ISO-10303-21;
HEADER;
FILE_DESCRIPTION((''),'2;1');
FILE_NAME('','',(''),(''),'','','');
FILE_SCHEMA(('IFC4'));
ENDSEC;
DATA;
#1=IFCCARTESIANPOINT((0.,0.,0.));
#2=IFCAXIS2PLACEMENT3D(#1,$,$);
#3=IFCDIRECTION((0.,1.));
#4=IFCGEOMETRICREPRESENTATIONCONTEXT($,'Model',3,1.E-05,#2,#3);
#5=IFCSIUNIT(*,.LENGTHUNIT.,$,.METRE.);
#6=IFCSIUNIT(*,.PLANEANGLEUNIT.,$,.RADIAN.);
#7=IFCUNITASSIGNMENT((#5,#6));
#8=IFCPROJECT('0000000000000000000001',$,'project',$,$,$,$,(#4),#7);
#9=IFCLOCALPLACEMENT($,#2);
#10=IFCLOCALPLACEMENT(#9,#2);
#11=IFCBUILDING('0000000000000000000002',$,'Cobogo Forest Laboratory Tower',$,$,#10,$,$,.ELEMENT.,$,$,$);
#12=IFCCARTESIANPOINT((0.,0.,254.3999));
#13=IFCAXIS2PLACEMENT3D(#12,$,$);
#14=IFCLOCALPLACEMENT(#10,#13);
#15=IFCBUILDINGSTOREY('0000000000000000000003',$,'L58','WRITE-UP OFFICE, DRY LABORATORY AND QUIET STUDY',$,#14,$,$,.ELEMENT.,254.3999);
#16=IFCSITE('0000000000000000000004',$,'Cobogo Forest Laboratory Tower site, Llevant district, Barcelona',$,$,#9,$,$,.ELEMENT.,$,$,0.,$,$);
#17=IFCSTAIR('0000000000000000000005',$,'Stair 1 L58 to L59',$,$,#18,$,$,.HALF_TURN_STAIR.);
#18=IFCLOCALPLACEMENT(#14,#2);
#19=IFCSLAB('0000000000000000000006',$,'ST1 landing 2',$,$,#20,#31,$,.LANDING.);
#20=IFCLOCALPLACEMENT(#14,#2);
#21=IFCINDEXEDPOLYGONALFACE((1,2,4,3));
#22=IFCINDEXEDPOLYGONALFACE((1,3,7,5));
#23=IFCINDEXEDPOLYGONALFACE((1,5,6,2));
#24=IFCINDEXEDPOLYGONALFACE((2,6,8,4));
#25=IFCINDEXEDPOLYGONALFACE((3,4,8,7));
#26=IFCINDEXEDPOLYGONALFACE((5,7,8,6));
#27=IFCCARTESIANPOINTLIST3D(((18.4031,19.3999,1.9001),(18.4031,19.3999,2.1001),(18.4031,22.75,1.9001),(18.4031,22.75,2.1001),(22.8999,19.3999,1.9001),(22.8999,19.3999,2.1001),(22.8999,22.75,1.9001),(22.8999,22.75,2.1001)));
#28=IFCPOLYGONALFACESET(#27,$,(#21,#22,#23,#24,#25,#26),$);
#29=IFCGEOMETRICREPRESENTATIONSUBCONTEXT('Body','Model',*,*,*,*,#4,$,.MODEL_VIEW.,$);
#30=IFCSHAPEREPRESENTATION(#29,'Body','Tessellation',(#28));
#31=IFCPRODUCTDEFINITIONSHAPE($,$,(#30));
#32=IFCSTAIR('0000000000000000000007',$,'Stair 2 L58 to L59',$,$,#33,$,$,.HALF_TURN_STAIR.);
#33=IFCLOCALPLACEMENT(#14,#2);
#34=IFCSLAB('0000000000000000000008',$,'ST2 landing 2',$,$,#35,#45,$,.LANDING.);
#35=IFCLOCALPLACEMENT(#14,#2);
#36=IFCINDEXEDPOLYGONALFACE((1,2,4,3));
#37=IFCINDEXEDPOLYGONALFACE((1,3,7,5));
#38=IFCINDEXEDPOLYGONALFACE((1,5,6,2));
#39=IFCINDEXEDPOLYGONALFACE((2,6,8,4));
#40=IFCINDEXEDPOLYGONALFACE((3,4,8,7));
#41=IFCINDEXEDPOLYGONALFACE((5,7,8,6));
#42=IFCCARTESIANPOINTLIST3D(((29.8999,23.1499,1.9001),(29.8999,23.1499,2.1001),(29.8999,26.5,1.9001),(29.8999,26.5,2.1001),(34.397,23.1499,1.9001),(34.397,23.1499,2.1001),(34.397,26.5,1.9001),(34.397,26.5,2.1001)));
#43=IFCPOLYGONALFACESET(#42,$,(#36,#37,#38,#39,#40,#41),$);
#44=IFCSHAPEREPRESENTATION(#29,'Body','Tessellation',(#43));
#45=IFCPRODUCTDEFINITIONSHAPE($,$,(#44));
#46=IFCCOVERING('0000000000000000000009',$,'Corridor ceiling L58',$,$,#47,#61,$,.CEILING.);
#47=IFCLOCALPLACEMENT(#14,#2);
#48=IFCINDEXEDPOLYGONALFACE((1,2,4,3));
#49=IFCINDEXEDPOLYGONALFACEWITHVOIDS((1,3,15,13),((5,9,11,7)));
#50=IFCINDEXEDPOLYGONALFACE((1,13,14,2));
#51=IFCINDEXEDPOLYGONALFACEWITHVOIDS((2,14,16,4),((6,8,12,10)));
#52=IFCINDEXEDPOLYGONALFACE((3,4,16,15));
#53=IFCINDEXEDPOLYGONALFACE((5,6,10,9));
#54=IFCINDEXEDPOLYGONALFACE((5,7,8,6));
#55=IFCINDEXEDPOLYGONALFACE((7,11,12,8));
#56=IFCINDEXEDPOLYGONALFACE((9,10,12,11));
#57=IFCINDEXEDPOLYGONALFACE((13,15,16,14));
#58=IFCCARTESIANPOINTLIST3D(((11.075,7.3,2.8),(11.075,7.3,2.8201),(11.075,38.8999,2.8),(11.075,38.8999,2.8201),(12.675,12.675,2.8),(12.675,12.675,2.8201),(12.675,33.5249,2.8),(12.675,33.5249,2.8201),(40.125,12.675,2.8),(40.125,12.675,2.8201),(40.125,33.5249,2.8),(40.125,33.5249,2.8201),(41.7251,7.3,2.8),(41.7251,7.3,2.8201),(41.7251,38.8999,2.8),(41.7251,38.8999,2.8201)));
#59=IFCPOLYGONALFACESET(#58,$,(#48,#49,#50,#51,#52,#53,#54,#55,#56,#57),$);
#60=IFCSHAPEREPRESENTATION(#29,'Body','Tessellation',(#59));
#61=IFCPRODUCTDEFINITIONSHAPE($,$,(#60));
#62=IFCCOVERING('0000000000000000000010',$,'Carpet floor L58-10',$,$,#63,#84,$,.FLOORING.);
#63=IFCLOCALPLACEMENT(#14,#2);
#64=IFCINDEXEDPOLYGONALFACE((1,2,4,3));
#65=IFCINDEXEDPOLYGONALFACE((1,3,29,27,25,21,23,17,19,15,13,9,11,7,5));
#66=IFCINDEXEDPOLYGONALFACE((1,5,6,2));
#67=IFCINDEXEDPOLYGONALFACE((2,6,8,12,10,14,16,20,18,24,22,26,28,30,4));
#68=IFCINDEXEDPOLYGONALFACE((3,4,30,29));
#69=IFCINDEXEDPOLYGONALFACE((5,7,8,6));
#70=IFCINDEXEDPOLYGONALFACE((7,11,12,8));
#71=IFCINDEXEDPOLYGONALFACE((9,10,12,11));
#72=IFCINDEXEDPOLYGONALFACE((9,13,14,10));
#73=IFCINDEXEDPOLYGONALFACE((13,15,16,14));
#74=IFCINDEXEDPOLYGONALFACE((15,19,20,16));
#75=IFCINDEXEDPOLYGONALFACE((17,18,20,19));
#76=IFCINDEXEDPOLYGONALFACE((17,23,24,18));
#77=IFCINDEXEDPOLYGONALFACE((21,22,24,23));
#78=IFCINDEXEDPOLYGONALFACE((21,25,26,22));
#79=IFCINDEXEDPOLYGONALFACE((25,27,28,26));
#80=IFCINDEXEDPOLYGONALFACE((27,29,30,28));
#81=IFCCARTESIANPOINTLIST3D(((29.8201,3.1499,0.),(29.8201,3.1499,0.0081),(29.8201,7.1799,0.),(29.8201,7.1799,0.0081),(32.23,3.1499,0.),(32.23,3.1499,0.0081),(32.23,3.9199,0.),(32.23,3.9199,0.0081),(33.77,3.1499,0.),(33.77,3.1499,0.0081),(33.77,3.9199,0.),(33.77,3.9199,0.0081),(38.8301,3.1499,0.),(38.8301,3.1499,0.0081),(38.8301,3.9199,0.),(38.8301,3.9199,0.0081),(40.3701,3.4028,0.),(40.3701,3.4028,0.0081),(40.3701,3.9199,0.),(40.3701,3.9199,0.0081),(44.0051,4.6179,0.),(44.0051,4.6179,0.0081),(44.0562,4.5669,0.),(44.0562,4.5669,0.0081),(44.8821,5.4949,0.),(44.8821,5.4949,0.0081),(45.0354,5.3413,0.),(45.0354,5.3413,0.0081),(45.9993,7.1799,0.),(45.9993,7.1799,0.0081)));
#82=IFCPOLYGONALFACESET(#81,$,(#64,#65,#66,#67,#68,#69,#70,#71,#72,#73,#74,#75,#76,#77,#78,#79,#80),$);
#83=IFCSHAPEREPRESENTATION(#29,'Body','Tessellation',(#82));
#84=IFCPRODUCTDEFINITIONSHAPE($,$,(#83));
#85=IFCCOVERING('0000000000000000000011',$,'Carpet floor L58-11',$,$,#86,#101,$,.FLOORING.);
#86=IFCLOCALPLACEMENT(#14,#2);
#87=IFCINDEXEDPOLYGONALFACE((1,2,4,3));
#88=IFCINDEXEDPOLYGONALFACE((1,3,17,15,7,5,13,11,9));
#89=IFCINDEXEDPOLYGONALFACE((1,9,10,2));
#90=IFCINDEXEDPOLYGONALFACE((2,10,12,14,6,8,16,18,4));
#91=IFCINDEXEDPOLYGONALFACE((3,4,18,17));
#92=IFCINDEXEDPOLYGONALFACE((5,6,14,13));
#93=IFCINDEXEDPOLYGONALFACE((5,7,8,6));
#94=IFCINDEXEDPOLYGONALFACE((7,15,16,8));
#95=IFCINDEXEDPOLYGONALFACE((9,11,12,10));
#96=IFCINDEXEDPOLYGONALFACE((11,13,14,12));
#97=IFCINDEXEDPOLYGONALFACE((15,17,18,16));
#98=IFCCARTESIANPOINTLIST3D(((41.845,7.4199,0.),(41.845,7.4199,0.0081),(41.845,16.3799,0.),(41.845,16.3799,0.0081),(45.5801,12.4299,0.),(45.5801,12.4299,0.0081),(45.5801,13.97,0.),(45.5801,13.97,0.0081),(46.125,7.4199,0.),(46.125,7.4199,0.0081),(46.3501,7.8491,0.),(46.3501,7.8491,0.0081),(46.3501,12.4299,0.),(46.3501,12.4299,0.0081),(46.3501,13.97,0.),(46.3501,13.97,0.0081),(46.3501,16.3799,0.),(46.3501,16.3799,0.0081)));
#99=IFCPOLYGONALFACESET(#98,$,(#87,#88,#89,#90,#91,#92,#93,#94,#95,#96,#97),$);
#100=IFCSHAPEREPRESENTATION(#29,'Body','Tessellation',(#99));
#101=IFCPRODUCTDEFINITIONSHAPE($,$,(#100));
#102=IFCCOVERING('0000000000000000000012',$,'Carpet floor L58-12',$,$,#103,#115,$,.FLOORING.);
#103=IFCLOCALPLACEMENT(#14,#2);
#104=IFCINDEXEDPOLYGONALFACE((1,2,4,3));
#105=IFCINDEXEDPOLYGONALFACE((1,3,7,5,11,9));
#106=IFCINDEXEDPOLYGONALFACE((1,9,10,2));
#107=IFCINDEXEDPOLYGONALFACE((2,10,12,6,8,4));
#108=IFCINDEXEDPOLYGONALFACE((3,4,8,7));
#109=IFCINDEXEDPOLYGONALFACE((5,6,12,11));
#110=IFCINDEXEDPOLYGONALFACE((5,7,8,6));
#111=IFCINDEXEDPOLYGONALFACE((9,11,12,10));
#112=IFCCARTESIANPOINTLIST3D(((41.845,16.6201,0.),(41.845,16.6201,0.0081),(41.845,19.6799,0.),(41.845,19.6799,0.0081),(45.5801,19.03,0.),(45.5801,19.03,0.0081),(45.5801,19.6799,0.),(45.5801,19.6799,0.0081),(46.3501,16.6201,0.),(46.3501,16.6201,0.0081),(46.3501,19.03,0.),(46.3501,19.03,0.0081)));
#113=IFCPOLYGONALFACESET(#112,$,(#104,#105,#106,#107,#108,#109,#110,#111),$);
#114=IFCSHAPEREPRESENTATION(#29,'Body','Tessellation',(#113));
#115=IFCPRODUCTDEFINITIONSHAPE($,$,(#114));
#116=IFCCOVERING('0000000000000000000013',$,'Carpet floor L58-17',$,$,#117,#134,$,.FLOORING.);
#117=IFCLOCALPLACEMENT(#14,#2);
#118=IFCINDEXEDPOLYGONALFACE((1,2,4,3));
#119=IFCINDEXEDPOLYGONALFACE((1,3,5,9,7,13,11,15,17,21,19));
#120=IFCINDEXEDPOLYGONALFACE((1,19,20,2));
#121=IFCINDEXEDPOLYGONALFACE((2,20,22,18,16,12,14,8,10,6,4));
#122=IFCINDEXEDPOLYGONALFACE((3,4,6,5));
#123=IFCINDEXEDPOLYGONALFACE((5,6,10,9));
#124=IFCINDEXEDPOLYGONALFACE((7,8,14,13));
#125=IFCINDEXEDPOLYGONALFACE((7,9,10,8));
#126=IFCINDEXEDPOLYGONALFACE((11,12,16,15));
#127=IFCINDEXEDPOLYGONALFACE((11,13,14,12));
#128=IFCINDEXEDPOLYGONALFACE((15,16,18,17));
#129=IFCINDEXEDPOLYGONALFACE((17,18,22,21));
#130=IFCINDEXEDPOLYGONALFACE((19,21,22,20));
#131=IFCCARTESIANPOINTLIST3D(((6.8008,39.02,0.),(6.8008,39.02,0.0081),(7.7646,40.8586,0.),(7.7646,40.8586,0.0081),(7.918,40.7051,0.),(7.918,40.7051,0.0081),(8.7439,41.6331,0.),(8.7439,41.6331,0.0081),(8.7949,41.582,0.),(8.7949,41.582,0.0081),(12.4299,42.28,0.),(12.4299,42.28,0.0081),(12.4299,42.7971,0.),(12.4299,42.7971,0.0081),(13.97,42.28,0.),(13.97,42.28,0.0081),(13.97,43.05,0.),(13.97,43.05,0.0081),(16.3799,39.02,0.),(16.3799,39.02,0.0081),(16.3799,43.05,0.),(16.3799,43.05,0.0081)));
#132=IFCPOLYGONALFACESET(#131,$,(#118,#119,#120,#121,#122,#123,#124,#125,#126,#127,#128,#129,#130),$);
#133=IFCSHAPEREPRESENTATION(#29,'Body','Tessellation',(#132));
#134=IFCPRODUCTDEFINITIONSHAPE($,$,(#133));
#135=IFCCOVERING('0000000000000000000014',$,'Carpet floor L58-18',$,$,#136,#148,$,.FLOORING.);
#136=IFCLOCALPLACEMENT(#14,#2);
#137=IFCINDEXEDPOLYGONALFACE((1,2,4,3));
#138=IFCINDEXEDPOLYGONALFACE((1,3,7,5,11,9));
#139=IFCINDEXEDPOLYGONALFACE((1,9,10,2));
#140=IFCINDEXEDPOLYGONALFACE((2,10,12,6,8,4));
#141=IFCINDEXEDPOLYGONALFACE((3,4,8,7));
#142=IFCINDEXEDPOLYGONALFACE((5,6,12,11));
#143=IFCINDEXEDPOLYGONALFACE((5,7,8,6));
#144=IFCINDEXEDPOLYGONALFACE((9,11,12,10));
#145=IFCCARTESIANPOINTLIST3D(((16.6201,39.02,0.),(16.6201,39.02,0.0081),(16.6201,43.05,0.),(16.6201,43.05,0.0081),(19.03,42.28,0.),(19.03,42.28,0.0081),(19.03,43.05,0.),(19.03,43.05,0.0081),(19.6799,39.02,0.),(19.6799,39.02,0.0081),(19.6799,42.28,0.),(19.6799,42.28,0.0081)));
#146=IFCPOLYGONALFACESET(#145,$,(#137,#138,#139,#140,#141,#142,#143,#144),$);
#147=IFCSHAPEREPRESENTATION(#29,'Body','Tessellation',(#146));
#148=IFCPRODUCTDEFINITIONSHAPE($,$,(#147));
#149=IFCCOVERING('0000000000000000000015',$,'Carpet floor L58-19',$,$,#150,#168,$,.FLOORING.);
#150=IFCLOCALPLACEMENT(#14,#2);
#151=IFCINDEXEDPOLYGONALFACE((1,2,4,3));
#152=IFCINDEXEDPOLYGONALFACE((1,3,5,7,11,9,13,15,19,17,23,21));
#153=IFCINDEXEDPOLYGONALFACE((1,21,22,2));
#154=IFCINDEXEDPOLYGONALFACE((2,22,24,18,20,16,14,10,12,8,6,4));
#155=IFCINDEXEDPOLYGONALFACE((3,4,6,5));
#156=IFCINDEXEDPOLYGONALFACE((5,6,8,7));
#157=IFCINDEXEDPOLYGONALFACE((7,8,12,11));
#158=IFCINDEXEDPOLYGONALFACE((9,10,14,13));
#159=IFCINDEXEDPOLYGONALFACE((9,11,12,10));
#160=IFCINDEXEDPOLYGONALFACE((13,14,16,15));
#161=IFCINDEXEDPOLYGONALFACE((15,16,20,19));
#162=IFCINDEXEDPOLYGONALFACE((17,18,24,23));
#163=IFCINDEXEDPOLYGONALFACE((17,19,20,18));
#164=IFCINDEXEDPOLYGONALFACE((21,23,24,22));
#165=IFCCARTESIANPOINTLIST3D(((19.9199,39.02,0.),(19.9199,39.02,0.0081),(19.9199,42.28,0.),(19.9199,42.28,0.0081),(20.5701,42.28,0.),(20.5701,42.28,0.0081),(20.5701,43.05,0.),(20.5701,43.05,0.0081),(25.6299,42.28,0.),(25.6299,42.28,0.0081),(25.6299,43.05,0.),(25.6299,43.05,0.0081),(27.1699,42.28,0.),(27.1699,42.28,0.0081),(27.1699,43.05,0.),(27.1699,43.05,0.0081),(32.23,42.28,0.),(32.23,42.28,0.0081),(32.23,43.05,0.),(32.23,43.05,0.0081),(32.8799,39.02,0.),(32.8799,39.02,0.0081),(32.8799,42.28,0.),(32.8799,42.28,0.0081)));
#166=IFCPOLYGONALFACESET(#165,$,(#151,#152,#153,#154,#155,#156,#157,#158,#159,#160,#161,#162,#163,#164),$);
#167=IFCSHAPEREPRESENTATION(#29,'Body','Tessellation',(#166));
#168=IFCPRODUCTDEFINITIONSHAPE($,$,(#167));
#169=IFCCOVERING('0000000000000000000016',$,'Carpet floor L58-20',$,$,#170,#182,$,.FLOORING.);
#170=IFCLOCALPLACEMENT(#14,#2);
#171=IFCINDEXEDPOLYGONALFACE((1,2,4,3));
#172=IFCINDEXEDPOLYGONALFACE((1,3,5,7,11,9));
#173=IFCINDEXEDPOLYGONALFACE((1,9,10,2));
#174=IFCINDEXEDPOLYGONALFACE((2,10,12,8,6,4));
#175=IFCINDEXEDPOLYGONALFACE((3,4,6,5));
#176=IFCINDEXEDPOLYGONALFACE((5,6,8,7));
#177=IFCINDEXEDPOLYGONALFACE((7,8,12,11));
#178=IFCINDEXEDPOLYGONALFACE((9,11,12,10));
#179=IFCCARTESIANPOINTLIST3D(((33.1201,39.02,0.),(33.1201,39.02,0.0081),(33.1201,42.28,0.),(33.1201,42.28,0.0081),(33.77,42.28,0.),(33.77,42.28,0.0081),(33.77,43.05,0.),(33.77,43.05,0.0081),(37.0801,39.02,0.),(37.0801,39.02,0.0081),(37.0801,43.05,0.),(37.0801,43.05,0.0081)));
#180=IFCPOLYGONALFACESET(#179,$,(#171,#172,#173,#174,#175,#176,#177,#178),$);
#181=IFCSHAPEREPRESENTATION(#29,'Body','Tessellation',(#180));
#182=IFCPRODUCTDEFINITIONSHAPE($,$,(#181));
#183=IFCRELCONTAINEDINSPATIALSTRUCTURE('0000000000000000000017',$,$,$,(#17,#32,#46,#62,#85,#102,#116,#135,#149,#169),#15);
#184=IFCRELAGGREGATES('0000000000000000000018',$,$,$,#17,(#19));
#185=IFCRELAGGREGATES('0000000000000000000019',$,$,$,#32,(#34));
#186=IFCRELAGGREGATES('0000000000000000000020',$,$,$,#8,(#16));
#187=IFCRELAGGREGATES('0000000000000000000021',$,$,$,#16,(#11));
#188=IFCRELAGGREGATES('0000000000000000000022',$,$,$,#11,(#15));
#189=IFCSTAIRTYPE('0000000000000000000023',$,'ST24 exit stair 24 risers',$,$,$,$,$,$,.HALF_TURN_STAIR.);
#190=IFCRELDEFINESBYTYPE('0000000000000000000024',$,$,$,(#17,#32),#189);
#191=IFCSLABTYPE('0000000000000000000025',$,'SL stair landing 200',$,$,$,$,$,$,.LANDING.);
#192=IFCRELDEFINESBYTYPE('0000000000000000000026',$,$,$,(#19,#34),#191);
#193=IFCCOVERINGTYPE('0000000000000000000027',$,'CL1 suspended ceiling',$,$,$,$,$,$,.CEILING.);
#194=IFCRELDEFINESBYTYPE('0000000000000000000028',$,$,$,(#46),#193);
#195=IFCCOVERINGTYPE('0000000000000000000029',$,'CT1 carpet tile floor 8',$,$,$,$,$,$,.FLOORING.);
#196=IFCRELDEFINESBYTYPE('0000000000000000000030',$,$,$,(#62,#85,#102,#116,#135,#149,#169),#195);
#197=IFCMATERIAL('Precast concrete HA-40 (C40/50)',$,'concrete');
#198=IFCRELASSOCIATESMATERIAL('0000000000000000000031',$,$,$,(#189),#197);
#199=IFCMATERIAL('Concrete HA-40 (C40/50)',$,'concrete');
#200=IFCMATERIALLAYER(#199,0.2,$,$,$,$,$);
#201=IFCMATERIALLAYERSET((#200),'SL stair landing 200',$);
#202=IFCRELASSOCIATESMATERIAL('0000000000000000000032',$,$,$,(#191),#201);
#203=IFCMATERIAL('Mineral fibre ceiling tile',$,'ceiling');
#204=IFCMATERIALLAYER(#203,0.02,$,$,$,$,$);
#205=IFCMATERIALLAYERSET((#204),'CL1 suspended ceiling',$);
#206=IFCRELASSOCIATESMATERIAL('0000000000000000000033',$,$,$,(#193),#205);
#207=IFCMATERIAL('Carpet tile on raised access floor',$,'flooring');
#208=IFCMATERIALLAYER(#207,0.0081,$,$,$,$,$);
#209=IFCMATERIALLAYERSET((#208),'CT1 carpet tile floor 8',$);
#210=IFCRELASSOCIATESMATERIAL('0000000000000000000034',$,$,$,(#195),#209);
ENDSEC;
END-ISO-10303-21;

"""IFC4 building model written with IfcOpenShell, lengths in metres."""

from ifc_helpers import new_model, si_unit, direction, frame, origin, place, context, subcontext, project, spatial, polyline, outline, extrude, material, layer, layer_set, type_object, element, aggregate, save


model = new_model("IFC4")

# Units and contexts
model_context = context("Model", 3, precision=1e-05, world=origin(), true_north=direction((0.0, 1.0)))
body_context = subcontext(model_context, "Body", "Model", "MODEL_VIEW")
ifc_project = project(units=[si_unit("LENGTHUNIT", "METRE"), si_unit("PLANEANGLEUNIT", "RADIAN")], contexts=[model_context])

# Site, building, storey
site_placement = place(None, origin())
site = spatial("IfcSite", under=ifc_project, at=site_placement, Name="Cobogo Forest Laboratory Tower site, Llevant district, Barcelona", CompositionType="ELEMENT", RefElevation=0.0)
building_placement = place(site_placement, origin())
building = spatial("IfcBuilding", under=site, at=building_placement, Name="Cobogo Forest Laboratory Tower", CompositionType="ELEMENT")
storey_placement = place(building_placement, frame((0.0, 0.0, 254.3999)))
storey = spatial("IfcBuildingStorey", under=building, at=storey_placement, Name="L58", Description="WRITE-UP OFFICE, DRY LABORATORY AND QUIET STUDY", CompositionType="ELEMENT", Elevation=254.3999)

# Stairs, slabs
ifc_material_1 = material(Name="Precast concrete HA-40 (C40/50)", Category="concrete")
stair_type = type_object("IfcStairType", Name="ST24 exit stair 24 risers", PredefinedType="HALF_TURN_STAIR", material=ifc_material_1)
stair_1_placement = place(storey_placement, origin())
stair_1 = element("IfcStair", 1, at=stair_1_placement, inside=storey, type_object=stair_type, Name="Stair 1 L58 to L59", PredefinedType="HALF_TURN_STAIR")
ifc_material_2 = material(Name="Concrete HA-40 (C40/50)", Category="concrete")
ifc_layer_1 = layer(ifc_material_2, 0.2)
ifc_layer_set_1 = layer_set([ifc_layer_1], Name="SL stair landing 200")
slab_type = type_object("IfcSlabType", Name="SL stair landing 200", PredefinedType="LANDING", material=ifc_layer_set_1)
slab_1_placement = place(storey_placement, frame((0.0, 0.0, 1.9001)))
slab_1 = element("IfcSlab", 2, at=slab_1_placement, type_object=slab_type, Name="ST1 landing 2", PredefinedType="LANDING", context=body_context, shape_type="SweptSolid", body=[
    extrude(outline(polyline([(18.4031, 19.3999), (22.8999, 19.3999), (22.8999, 22.75), (18.4031, 22.75), (18.4031, 19.3999)])), origin(), (0.0, 0.0, 1.0), 0.2),
])
aggregate(stair_1, [slab_1])
stair_2_placement = place(storey_placement, origin())
stair_2 = element("IfcStair", 3, at=stair_2_placement, inside=storey, type_object=stair_type, Name="Stair 2 L58 to L59", PredefinedType="HALF_TURN_STAIR")
slab_2_placement = place(storey_placement, frame((0.0, 0.0, 1.9001)))
slab_2 = element("IfcSlab", 4, at=slab_2_placement, type_object=slab_type, Name="ST2 landing 2", PredefinedType="LANDING", context=body_context, shape_type="SweptSolid", body=[
    extrude(outline(polyline([(29.8999, 23.1499), (34.397, 23.1499), (34.397, 26.5), (29.8999, 26.5), (29.8999, 23.1499)])), origin(), (0.0, 0.0, 1.0), 0.2),
])
aggregate(stair_2, [slab_2])

# Coverings
ifc_material_3 = material(Name="Mineral fibre ceiling tile", Category="ceiling")
ifc_layer_2 = layer(ifc_material_3, 0.02)
ifc_layer_set_2 = layer_set([ifc_layer_2], Name="CL1 suspended ceiling")
covering_type_1 = type_object("IfcCoveringType", Name="CL1 suspended ceiling", PredefinedType="CEILING", material=ifc_layer_set_2)
covering_1_placement = place(storey_placement, frame((0.0, 0.0, 2.8)))
element("IfcCovering", 5, at=covering_1_placement, inside=storey, type_object=covering_type_1, Name="Corridor ceiling L58", PredefinedType="CEILING", context=body_context, shape_type="SweptSolid", body=[
    extrude(outline(polyline([(11.075, 7.3), (11.075, 38.8999), (41.7251, 38.8999), (41.7251, 7.3), (11.075, 7.3)]), holes=[polyline([(40.125, 33.5249), (12.675, 33.5249), (12.675, 12.675), (40.125, 12.675), (40.125, 33.5249)])]), origin(), (0.0, 0.0, 1.0), 0.02),
])
ifc_material_4 = material(Name="Carpet tile on raised access floor", Category="flooring")
ifc_layer_3 = layer(ifc_material_4, 0.0081)
ifc_layer_set_3 = layer_set([ifc_layer_3], Name="CT1 carpet tile floor 8")
covering_type_2 = type_object("IfcCoveringType", Name="CT1 carpet tile floor 8", PredefinedType="FLOORING", material=ifc_layer_set_3)
covering_2_placement = place(storey_placement, origin())
element("IfcCovering", 6, at=covering_2_placement, inside=storey, type_object=covering_type_2, Name="Carpet floor L58-10", PredefinedType="FLOORING", context=body_context, shape_type="SweptSolid", body=[
    extrude(outline(polyline([(44.0562, 4.5669), (40.3701, 3.4028), (40.3701, 3.9199), (38.8301, 3.9199), (38.8301, 3.1499), (33.77, 3.1499), (33.77, 3.9199), (32.23, 3.9199), (32.23, 3.1499), (29.8201, 3.1499), (29.8201, 7.1799), (45.9993, 7.1799), (45.0354, 5.3413), (44.8821, 5.4949), (44.0051, 4.6179), (44.0562, 4.5669)])), origin(), (0.0, 0.0, 1.0), 0.0081),
])
covering_3_placement = place(storey_placement, origin())
element("IfcCovering", 7, at=covering_3_placement, inside=storey, type_object=covering_type_2, Name="Carpet floor L58-11", PredefinedType="FLOORING", context=body_context, shape_type="SweptSolid", body=[
    extrude(outline(polyline([(41.845, 16.3799), (46.3501, 16.3799), (46.3501, 13.97), (45.5801, 13.97), (45.5801, 12.4299), (46.3501, 12.4299), (46.3501, 7.8491), (46.125, 7.4199), (41.845, 7.4199), (41.845, 16.3799)])), origin(), (0.0, 0.0, 1.0), 0.0081),
])
covering_4_placement = place(storey_placement, origin())
element("IfcCovering", 8, at=covering_4_placement, inside=storey, type_object=covering_type_2, Name="Carpet floor L58-12", PredefinedType="FLOORING", context=body_context, shape_type="SweptSolid", body=[
    extrude(outline(polyline([(41.845, 19.6799), (45.5801, 19.6799), (45.5801, 19.03), (46.3501, 19.03), (46.3501, 16.6201), (41.845, 16.6201), (41.845, 19.6799)])), origin(), (0.0, 0.0, 1.0), 0.0081),
])
covering_5_placement = place(storey_placement, origin())
element("IfcCovering", 9, at=covering_5_placement, inside=storey, type_object=covering_type_2, Name="Carpet floor L58-17", PredefinedType="FLOORING", context=body_context, shape_type="SweptSolid", body=[
    extrude(outline(polyline([(6.8008, 39.02), (7.7646, 40.8586), (7.918, 40.7051), (8.7949, 41.582), (8.7439, 41.6331), (12.4299, 42.7971), (12.4299, 42.28), (13.97, 42.28), (13.97, 43.05), (16.3799, 43.05), (16.3799, 39.02), (6.8008, 39.02)])), origin(), (0.0, 0.0, 1.0), 0.0081),
])
covering_6_placement = place(storey_placement, origin())
element("IfcCovering", 10, at=covering_6_placement, inside=storey, type_object=covering_type_2, Name="Carpet floor L58-18", PredefinedType="FLOORING", context=body_context, shape_type="SweptSolid", body=[
    extrude(outline(polyline([(16.6201, 39.02), (16.6201, 43.05), (19.03, 43.05), (19.03, 42.28), (19.6799, 42.28), (19.6799, 39.02), (16.6201, 39.02)])), origin(), (0.0, 0.0, 1.0), 0.0081),
])
covering_7_placement = place(storey_placement, origin())
element("IfcCovering", 11, at=covering_7_placement, inside=storey, type_object=covering_type_2, Name="Carpet floor L58-19", PredefinedType="FLOORING", context=body_context, shape_type="SweptSolid", body=[
    extrude(outline(polyline([(19.9199, 39.02), (19.9199, 42.28), (20.5701, 42.28), (20.5701, 43.05), (25.6299, 43.05), (25.6299, 42.28), (27.1699, 42.28), (27.1699, 43.05), (32.23, 43.05), (32.23, 42.28), (32.8799, 42.28), (32.8799, 39.02), (19.9199, 39.02)])), origin(), (0.0, 0.0, 1.0), 0.0081),
])
covering_8_placement = place(storey_placement, origin())
element("IfcCovering", 12, at=covering_8_placement, inside=storey, type_object=covering_type_2, Name="Carpet floor L58-20", PredefinedType="FLOORING", context=body_context, shape_type="SweptSolid", body=[
    extrude(outline(polyline([(33.1201, 39.02), (33.1201, 42.28), (33.77, 42.28), (33.77, 43.05), (37.0801, 43.05), (37.0801, 39.02), (33.1201, 39.02)])), origin(), (0.0, 0.0, 1.0), 0.0081),
])

save(model, "model.ifc")
